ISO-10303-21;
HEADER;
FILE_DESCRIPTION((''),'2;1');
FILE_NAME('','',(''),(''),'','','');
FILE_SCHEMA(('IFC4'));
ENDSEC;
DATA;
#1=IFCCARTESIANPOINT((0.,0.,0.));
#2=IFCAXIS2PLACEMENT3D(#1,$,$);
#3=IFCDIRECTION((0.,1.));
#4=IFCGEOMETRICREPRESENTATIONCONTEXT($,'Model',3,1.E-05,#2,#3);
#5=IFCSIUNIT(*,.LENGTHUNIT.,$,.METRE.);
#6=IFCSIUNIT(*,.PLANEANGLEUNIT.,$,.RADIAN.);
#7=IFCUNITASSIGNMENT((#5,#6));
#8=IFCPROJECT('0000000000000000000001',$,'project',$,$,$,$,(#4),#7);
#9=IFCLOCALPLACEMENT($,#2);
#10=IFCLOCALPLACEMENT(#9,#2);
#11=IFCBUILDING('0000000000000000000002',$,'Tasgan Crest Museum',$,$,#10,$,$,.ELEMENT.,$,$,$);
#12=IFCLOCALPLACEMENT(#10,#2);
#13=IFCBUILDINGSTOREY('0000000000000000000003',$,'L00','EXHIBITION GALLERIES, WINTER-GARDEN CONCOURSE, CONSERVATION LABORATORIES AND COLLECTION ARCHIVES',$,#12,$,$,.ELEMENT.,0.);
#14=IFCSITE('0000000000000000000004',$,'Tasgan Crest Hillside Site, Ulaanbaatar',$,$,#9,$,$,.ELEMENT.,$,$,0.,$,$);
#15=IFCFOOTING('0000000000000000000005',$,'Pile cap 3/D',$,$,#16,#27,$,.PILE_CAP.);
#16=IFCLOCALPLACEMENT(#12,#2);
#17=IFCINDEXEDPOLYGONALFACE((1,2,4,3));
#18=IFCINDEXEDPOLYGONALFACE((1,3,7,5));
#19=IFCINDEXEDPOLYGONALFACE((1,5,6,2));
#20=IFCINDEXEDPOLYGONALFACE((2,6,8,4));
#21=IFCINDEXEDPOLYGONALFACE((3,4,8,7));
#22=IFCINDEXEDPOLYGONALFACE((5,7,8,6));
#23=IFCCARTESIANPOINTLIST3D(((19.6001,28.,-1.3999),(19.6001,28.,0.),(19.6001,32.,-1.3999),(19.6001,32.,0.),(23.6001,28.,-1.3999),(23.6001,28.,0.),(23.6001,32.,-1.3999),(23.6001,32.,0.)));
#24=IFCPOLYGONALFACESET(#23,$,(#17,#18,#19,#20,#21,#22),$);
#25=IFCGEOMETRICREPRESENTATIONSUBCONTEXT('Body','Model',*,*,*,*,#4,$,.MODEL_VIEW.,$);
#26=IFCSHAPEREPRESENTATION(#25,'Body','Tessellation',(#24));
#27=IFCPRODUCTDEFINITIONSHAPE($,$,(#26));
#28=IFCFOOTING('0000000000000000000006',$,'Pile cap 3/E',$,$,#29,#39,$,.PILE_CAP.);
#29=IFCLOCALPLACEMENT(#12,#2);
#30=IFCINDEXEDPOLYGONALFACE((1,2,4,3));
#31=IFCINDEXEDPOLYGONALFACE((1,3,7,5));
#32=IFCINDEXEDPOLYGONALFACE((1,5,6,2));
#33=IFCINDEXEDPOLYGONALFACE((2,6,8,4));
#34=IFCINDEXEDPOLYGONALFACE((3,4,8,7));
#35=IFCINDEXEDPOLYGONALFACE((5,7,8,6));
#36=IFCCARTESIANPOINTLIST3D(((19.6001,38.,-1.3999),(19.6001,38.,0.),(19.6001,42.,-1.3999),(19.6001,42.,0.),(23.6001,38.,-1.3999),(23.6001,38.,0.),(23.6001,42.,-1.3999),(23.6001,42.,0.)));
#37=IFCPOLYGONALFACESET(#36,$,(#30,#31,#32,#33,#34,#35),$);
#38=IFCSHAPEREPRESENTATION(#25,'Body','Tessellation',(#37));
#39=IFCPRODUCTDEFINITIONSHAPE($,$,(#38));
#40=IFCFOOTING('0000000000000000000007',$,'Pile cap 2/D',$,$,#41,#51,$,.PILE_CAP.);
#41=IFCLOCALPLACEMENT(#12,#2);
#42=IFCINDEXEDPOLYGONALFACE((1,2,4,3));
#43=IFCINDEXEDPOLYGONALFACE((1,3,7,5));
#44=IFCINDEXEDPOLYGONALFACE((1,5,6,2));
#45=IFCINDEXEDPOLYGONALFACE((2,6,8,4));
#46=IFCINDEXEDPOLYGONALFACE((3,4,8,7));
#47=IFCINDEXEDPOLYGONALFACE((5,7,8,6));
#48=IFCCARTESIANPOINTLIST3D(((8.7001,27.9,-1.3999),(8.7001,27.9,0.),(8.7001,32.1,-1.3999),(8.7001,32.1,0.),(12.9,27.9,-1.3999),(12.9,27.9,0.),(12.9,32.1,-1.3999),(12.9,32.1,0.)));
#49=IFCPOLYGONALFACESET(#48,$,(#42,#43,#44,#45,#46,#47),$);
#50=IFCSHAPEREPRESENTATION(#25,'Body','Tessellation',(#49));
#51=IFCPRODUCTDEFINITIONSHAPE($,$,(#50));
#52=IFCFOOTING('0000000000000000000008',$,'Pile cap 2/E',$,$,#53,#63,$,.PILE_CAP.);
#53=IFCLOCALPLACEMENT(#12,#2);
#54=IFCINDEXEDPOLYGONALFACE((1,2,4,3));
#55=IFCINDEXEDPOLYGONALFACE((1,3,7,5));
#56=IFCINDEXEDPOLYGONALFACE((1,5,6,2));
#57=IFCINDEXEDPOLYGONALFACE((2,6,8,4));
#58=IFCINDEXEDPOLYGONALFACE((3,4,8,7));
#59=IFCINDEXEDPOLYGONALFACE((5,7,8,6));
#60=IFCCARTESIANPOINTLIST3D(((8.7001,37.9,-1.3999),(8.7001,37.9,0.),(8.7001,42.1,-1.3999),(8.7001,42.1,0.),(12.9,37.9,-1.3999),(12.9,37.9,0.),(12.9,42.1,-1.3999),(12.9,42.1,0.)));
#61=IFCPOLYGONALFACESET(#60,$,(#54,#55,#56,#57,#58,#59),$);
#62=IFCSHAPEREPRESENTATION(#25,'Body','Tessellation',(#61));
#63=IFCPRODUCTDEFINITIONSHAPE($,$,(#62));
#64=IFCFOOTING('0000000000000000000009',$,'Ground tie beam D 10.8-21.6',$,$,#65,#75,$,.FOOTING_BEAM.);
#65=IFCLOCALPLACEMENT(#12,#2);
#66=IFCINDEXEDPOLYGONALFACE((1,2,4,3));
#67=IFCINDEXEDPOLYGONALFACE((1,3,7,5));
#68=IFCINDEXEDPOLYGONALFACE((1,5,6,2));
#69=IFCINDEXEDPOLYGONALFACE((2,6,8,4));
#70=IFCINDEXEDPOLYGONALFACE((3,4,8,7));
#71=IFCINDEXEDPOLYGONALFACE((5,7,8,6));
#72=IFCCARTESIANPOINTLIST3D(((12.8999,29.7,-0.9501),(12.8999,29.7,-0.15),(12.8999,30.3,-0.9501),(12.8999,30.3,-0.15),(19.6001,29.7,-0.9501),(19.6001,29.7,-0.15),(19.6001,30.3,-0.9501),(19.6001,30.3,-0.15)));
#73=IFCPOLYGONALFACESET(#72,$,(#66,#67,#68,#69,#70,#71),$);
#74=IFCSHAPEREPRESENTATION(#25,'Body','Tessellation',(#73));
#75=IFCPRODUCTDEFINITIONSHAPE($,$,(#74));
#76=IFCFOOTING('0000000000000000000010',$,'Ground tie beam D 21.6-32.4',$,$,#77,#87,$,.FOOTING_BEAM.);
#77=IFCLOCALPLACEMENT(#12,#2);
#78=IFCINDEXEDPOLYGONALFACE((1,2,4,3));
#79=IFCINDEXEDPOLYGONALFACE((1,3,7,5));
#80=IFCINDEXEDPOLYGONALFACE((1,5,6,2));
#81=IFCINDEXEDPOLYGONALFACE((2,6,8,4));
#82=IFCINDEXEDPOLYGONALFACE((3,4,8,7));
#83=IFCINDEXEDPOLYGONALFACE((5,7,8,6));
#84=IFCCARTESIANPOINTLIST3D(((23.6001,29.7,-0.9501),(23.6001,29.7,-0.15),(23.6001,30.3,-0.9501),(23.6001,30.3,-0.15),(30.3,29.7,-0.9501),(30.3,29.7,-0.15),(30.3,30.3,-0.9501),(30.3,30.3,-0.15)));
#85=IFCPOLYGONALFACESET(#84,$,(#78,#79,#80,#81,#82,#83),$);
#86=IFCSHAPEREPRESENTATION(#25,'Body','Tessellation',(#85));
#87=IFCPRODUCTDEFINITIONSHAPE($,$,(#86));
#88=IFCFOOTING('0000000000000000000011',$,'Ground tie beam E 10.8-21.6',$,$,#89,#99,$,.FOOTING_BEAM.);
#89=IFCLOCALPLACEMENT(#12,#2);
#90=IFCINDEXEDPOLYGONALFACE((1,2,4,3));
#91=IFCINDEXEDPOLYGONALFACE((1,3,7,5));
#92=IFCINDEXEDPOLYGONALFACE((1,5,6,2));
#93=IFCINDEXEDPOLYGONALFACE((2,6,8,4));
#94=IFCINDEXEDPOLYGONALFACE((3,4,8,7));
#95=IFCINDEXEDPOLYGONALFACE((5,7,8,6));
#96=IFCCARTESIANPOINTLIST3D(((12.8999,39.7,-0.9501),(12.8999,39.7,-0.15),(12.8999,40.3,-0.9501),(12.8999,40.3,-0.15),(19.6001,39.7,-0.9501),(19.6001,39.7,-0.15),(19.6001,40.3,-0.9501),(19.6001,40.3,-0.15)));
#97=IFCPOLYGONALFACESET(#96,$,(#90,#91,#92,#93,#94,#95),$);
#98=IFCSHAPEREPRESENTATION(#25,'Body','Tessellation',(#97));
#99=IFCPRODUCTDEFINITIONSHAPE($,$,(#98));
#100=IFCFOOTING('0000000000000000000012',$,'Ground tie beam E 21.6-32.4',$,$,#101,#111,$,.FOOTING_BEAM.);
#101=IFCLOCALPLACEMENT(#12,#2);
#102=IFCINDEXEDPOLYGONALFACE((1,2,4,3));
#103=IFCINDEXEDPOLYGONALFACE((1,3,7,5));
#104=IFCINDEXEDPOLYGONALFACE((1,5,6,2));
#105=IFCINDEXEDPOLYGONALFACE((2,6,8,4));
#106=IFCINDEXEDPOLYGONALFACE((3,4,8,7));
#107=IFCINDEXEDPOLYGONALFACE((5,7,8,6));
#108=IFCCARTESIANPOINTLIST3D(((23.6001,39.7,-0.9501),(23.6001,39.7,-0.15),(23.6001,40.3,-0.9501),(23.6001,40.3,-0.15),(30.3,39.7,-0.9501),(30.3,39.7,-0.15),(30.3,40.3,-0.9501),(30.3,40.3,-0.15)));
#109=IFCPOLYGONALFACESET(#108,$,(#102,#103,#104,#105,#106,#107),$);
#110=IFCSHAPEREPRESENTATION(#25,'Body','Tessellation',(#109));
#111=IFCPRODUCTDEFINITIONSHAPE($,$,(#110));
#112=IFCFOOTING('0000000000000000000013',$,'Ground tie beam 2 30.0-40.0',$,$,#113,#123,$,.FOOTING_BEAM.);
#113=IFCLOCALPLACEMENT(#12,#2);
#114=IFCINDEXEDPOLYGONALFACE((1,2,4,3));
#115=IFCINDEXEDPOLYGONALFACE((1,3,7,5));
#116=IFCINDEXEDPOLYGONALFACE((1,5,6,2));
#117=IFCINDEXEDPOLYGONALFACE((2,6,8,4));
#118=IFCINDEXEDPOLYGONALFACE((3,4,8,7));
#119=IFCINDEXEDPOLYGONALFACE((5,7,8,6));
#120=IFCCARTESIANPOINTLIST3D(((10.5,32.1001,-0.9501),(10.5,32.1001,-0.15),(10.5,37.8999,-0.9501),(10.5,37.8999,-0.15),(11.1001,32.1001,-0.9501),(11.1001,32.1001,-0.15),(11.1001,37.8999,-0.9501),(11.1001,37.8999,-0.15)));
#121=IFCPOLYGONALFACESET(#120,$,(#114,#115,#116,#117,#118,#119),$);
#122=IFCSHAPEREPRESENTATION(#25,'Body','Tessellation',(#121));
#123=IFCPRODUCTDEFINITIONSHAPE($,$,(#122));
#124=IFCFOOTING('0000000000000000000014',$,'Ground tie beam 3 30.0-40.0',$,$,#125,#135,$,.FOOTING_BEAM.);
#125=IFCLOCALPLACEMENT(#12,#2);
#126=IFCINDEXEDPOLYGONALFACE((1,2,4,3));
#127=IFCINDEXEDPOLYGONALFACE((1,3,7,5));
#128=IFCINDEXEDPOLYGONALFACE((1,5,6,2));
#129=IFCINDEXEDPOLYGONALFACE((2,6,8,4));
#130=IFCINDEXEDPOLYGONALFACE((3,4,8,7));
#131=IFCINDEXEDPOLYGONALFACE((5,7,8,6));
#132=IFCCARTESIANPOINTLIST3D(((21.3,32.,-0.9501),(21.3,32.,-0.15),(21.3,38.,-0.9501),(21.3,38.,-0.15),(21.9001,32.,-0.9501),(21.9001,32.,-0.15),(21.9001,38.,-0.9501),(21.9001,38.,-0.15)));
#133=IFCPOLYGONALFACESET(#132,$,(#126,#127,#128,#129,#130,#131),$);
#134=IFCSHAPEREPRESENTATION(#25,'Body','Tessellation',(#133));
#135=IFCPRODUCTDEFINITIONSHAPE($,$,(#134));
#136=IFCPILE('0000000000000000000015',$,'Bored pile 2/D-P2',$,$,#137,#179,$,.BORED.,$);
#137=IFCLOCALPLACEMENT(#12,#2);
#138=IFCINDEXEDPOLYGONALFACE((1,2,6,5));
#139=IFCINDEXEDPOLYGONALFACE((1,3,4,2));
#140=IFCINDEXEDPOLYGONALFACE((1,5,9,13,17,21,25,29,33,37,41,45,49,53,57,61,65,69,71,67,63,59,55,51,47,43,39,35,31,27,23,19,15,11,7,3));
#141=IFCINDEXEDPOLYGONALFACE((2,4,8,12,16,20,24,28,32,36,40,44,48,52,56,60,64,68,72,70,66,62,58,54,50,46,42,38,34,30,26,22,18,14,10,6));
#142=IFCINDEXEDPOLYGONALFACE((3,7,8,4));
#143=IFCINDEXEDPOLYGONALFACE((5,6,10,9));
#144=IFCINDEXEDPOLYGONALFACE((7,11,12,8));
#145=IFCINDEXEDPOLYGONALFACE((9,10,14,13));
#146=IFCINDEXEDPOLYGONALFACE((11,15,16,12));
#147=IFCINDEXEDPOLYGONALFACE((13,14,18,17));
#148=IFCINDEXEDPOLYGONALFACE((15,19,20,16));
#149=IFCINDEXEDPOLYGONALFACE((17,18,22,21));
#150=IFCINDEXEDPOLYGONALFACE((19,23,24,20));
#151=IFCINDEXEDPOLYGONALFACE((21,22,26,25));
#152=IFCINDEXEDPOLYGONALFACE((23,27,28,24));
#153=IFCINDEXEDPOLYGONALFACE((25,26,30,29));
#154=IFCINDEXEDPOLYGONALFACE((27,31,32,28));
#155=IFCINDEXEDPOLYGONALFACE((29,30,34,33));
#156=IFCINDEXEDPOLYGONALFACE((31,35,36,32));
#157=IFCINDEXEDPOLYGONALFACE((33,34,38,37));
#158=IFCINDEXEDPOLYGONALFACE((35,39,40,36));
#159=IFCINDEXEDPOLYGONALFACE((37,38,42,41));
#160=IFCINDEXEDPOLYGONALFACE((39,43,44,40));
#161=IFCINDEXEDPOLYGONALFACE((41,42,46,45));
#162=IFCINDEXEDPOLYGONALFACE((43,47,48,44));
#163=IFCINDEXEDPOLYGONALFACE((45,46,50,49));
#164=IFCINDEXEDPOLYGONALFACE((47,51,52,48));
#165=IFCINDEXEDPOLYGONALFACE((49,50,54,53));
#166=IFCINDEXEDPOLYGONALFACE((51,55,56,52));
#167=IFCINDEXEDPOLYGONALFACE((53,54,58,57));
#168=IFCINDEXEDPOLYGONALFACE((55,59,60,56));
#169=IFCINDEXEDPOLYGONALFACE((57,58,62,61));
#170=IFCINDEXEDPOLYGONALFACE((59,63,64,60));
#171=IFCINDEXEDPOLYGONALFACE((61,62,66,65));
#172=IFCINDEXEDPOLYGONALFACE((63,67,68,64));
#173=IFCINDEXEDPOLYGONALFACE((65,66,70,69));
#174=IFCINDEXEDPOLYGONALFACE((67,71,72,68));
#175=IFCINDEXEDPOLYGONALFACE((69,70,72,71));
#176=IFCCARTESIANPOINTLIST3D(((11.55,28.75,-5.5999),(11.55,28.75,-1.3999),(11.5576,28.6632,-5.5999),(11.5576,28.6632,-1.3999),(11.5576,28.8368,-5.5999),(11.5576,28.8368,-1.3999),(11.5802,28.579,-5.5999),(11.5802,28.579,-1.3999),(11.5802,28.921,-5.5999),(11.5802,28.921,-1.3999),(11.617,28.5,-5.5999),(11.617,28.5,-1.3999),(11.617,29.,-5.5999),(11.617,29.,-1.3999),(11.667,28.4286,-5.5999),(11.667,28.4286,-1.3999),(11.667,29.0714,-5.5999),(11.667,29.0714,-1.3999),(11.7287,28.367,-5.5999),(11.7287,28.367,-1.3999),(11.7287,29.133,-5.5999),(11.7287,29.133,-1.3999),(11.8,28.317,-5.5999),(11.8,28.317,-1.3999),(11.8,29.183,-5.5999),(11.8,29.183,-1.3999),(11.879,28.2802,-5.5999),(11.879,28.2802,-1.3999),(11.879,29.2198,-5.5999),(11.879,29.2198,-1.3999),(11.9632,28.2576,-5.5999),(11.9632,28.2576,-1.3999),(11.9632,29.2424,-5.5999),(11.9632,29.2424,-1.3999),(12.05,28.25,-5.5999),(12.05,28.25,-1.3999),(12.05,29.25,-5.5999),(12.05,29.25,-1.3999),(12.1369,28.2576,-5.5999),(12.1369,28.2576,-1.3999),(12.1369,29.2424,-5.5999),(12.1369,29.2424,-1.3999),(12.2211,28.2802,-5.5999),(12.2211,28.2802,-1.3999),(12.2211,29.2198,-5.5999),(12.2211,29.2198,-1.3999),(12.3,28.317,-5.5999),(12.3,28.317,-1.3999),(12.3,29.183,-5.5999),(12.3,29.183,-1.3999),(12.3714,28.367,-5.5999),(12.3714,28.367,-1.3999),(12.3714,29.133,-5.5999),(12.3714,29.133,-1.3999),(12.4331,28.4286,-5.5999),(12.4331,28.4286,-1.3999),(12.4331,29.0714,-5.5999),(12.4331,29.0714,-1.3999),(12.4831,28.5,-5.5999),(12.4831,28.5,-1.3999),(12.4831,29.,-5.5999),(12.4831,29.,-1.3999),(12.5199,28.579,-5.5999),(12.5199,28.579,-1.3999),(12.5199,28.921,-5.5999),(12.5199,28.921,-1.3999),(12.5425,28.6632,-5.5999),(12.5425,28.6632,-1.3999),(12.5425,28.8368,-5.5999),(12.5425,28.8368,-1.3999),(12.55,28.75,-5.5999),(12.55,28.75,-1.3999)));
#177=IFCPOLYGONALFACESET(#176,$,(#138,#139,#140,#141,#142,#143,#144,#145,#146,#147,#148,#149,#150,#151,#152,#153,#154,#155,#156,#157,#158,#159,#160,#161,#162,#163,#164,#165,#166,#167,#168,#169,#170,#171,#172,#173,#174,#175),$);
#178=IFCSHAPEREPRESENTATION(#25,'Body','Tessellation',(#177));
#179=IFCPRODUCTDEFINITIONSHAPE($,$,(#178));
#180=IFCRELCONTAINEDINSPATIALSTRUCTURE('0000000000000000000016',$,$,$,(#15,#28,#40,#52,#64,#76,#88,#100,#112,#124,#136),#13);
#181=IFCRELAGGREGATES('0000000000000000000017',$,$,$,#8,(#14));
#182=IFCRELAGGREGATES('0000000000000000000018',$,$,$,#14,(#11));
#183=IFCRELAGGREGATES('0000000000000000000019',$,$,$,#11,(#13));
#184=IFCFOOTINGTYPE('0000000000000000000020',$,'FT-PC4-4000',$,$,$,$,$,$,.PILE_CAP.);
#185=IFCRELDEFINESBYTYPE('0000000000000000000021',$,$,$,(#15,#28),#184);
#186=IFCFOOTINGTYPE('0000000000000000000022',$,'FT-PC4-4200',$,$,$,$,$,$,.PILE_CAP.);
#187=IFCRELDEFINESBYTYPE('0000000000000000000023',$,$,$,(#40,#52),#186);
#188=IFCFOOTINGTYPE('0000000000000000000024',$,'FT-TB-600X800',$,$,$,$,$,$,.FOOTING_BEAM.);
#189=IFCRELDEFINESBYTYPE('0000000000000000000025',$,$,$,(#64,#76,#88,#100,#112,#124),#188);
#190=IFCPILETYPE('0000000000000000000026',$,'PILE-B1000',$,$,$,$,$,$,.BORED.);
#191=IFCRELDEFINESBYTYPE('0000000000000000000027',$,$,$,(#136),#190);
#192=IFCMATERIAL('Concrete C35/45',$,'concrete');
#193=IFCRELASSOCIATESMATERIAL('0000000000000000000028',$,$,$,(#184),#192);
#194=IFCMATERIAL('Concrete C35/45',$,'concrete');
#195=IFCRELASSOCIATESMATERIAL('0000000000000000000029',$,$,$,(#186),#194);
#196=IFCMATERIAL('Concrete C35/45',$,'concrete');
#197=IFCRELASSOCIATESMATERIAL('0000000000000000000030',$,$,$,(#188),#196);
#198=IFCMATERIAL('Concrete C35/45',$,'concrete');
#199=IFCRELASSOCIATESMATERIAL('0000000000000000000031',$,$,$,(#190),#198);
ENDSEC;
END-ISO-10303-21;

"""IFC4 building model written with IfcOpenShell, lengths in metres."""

from ifc_helpers import new_model, si_unit, direction, frame, origin, origin_2d, place, context, subcontext, project, spatial, rectangle, circle, extrude, material, material_profile, profile_set, type_object, element, save


model = new_model("IFC4")

# Units and contexts
model_context = context("Model", 3, precision=1e-05, world=origin(), true_north=direction((0.0, 1.0)))
body_context = subcontext(model_context, "Body", "Model", "MODEL_VIEW")
ifc_project = project(units=[si_unit("LENGTHUNIT", "METRE"), si_unit("PLANEANGLEUNIT", "RADIAN")], contexts=[model_context])

# Site, building, storey
site_placement = place(None, origin())
site = spatial("IfcSite", under=ifc_project, at=site_placement, Name="Tasgan Crest Hillside Site, Ulaanbaatar", CompositionType="ELEMENT", RefElevation=0.0)
building_placement = place(site_placement, origin())
building = spatial("IfcBuilding", under=site, at=building_placement, Name="Tasgan Crest Museum", CompositionType="ELEMENT")
storey_placement = place(building_placement, origin())
storey = spatial("IfcBuildingStorey", under=building, at=storey_placement, Name="L00", Description="EXHIBITION GALLERIES, WINTER-GARDEN CONCOURSE, CONSERVATION LABORATORIES AND COLLECTION ARCHIVES", CompositionType="ELEMENT", Elevation=0.0)

# Footings
ifc_material_1 = material(Name="Concrete C35/45", Category="concrete")
footing_type_1 = type_object("IfcFootingType", Name="FT-PC4-4000", PredefinedType="PILE_CAP", material=ifc_material_1)
for number, where, z_axis, x_axis, name in (
    (1, (21.6001, 30.0, -1.3999), (0.0, 0.0, 1.0), (1.0, 0.0, 0.0), "Pile cap 3/D"),
    (2, (21.6001, 40.0, -1.3999), (0.0, 0.0, 1.0), (1.0, 0.0, 0.0), "Pile cap 3/E"),
):
    element("IfcFooting", number, at=place(storey_placement, frame(where, z_axis=z_axis, x_axis=x_axis)), inside=storey, type_object=footing_type_1, Name=name, PredefinedType="PILE_CAP", context=body_context, shape_type="SweptSolid", body=[
        extrude(rectangle(XDim=4.0, YDim=4.0, at=origin_2d()), origin(), (0.0, 0.0, 1.0), 1.3999),
    ])
ifc_material_2 = material(Name="Concrete C35/45", Category="concrete")
footing_type_2 = type_object("IfcFootingType", Name="FT-PC4-4200", PredefinedType="PILE_CAP", material=ifc_material_2)
for number, where, z_axis, x_axis, name in (
    (3, (10.8, 30.0, -1.3999), (0.0, 0.0, 1.0), (1.0, 0.0, 0.0), "Pile cap 2/D"),
    (4, (10.8, 40.0, -1.3999), (0.0, 0.0, 1.0), (1.0, 0.0, 0.0), "Pile cap 2/E"),
):
    element("IfcFooting", number, at=place(storey_placement, frame(where, z_axis=z_axis, x_axis=x_axis)), inside=storey, type_object=footing_type_2, Name=name, PredefinedType="PILE_CAP", context=body_context, shape_type="SweptSolid", body=[
        extrude(rectangle(XDim=4.2, YDim=4.2, at=origin_2d()), origin(), (0.0, 0.0, 1.0), 1.3999),
    ])
ifc_material_3 = material(Name="Concrete C35/45", Category="concrete")
ifc_material_profile_1 = material_profile(ifc_material_3, rectangle(XDim=0.6001, YDim=0.8, at=origin_2d()), Name="TB 600x800")
ifc_profile_set_1 = profile_set([ifc_material_profile_1], Name="Concrete C35/45")
footing_type_3 = type_object("IfcFootingType", Name="FT-TB-600X800", PredefinedType="FOOTING_BEAM", material=ifc_profile_set_1)
footing_1_placement = place(storey_placement, frame((12.8999, 30.0, -0.55), z_axis=(1.0, 0.0, 0.0), x_axis=(0.0, 1.0, 0.0)))
element("IfcFooting", 5, at=footing_1_placement, inside=storey, type_object=footing_type_3, Name="Ground tie beam D 10.8-21.6", PredefinedType="FOOTING_BEAM", context=body_context, shape_type="SweptSolid", body=[
    extrude(rectangle(XDim=0.6001, YDim=0.8, at=origin_2d()), origin(), (0.0, 0.0, 1.0), 6.7002),
])
footing_2_placement = place(storey_placement, frame((23.6001, 30.0, -0.55), z_axis=(1.0, 0.0, 0.0), x_axis=(0.0, 1.0, 0.0)))
element("IfcFooting", 6, at=footing_2_placement, inside=storey, type_object=footing_type_3, Name="Ground tie beam D 21.6-32.4", PredefinedType="FOOTING_BEAM", context=body_context, shape_type="SweptSolid", body=[
    extrude(rectangle(XDim=0.6001, YDim=0.8, at=origin_2d()), origin(), (0.0, 0.0, 1.0), 6.7),
])
footing_3_placement = place(storey_placement, frame((12.8999, 40.0, -0.55), z_axis=(1.0, 0.0, 0.0), x_axis=(0.0, 1.0, 0.0)))
element("IfcFooting", 7, at=footing_3_placement, inside=storey, type_object=footing_type_3, Name="Ground tie beam E 10.8-21.6", PredefinedType="FOOTING_BEAM", context=body_context, shape_type="SweptSolid", body=[
    extrude(rectangle(XDim=0.6001, YDim=0.8, at=origin_2d()), origin(), (0.0, 0.0, 1.0), 6.7002),
])
footing_4_placement = place(storey_placement, frame((23.6001, 40.0, -0.55), z_axis=(1.0, 0.0, 0.0), x_axis=(0.0, 1.0, 0.0)))
element("IfcFooting", 8, at=footing_4_placement, inside=storey, type_object=footing_type_3, Name="Ground tie beam E 21.6-32.4", PredefinedType="FOOTING_BEAM", context=body_context, shape_type="SweptSolid", body=[
    extrude(rectangle(XDim=0.6001, YDim=0.8, at=origin_2d()), origin(), (0.0, 0.0, 1.0), 6.7),
])
footing_5_placement = place(storey_placement, frame((10.8, 32.1001, -0.55), z_axis=(0.0, 1.0, 0.0), x_axis=(-1.0, 0.0, 0.0)))
element("IfcFooting", 9, at=footing_5_placement, inside=storey, type_object=footing_type_3, Name="Ground tie beam 2 30.0-40.0", PredefinedType="FOOTING_BEAM", context=body_context, shape_type="SweptSolid", body=[
    extrude(rectangle(XDim=0.6001, YDim=0.8, at=origin_2d()), origin(), (0.0, 0.0, 1.0), 5.7998),
])
footing_6_placement = place(storey_placement, frame((21.6001, 32.0, -0.55), z_axis=(0.0, 1.0, 0.0), x_axis=(-1.0, 0.0, 0.0)))
element("IfcFooting", 10, at=footing_6_placement, inside=storey, type_object=footing_type_3, Name="Ground tie beam 3 30.0-40.0", PredefinedType="FOOTING_BEAM", context=body_context, shape_type="SweptSolid", body=[
    extrude(rectangle(XDim=0.6001, YDim=0.8, at=origin_2d()), origin(), (0.0, 0.0, 1.0), 6.0),
])

# Pile
ifc_material_4 = material(Name="Concrete C35/45", Category="concrete")
ifc_material_profile_2 = material_profile(ifc_material_4, circle(Radius=0.5, at=origin_2d()), Name="PILE D1000")
ifc_profile_set_2 = profile_set([ifc_material_profile_2], Name="Concrete C35/45")
pile_type = type_object("IfcPileType", Name="PILE-B1000", PredefinedType="BORED", material=ifc_profile_set_2)
for number, where, z_axis, x_axis, name in (
    (11, (12.05, 28.75, -1.3999), (0.0, 0.0, -1.0), (1.0, 0.0, 0.0), "Bored pile 2/D-P2"),
):
    element("IfcPile", number, at=place(storey_placement, frame(where, z_axis=z_axis, x_axis=x_axis)), inside=storey, type_object=pile_type, Name=name, PredefinedType="BORED", context=body_context, shape_type="SweptSolid", body=[
        extrude(circle(Radius=0.5, at=origin_2d()), origin(), (0.0, 0.0, 1.0), 4.2),
    ])

save(model, "model.ifc")
